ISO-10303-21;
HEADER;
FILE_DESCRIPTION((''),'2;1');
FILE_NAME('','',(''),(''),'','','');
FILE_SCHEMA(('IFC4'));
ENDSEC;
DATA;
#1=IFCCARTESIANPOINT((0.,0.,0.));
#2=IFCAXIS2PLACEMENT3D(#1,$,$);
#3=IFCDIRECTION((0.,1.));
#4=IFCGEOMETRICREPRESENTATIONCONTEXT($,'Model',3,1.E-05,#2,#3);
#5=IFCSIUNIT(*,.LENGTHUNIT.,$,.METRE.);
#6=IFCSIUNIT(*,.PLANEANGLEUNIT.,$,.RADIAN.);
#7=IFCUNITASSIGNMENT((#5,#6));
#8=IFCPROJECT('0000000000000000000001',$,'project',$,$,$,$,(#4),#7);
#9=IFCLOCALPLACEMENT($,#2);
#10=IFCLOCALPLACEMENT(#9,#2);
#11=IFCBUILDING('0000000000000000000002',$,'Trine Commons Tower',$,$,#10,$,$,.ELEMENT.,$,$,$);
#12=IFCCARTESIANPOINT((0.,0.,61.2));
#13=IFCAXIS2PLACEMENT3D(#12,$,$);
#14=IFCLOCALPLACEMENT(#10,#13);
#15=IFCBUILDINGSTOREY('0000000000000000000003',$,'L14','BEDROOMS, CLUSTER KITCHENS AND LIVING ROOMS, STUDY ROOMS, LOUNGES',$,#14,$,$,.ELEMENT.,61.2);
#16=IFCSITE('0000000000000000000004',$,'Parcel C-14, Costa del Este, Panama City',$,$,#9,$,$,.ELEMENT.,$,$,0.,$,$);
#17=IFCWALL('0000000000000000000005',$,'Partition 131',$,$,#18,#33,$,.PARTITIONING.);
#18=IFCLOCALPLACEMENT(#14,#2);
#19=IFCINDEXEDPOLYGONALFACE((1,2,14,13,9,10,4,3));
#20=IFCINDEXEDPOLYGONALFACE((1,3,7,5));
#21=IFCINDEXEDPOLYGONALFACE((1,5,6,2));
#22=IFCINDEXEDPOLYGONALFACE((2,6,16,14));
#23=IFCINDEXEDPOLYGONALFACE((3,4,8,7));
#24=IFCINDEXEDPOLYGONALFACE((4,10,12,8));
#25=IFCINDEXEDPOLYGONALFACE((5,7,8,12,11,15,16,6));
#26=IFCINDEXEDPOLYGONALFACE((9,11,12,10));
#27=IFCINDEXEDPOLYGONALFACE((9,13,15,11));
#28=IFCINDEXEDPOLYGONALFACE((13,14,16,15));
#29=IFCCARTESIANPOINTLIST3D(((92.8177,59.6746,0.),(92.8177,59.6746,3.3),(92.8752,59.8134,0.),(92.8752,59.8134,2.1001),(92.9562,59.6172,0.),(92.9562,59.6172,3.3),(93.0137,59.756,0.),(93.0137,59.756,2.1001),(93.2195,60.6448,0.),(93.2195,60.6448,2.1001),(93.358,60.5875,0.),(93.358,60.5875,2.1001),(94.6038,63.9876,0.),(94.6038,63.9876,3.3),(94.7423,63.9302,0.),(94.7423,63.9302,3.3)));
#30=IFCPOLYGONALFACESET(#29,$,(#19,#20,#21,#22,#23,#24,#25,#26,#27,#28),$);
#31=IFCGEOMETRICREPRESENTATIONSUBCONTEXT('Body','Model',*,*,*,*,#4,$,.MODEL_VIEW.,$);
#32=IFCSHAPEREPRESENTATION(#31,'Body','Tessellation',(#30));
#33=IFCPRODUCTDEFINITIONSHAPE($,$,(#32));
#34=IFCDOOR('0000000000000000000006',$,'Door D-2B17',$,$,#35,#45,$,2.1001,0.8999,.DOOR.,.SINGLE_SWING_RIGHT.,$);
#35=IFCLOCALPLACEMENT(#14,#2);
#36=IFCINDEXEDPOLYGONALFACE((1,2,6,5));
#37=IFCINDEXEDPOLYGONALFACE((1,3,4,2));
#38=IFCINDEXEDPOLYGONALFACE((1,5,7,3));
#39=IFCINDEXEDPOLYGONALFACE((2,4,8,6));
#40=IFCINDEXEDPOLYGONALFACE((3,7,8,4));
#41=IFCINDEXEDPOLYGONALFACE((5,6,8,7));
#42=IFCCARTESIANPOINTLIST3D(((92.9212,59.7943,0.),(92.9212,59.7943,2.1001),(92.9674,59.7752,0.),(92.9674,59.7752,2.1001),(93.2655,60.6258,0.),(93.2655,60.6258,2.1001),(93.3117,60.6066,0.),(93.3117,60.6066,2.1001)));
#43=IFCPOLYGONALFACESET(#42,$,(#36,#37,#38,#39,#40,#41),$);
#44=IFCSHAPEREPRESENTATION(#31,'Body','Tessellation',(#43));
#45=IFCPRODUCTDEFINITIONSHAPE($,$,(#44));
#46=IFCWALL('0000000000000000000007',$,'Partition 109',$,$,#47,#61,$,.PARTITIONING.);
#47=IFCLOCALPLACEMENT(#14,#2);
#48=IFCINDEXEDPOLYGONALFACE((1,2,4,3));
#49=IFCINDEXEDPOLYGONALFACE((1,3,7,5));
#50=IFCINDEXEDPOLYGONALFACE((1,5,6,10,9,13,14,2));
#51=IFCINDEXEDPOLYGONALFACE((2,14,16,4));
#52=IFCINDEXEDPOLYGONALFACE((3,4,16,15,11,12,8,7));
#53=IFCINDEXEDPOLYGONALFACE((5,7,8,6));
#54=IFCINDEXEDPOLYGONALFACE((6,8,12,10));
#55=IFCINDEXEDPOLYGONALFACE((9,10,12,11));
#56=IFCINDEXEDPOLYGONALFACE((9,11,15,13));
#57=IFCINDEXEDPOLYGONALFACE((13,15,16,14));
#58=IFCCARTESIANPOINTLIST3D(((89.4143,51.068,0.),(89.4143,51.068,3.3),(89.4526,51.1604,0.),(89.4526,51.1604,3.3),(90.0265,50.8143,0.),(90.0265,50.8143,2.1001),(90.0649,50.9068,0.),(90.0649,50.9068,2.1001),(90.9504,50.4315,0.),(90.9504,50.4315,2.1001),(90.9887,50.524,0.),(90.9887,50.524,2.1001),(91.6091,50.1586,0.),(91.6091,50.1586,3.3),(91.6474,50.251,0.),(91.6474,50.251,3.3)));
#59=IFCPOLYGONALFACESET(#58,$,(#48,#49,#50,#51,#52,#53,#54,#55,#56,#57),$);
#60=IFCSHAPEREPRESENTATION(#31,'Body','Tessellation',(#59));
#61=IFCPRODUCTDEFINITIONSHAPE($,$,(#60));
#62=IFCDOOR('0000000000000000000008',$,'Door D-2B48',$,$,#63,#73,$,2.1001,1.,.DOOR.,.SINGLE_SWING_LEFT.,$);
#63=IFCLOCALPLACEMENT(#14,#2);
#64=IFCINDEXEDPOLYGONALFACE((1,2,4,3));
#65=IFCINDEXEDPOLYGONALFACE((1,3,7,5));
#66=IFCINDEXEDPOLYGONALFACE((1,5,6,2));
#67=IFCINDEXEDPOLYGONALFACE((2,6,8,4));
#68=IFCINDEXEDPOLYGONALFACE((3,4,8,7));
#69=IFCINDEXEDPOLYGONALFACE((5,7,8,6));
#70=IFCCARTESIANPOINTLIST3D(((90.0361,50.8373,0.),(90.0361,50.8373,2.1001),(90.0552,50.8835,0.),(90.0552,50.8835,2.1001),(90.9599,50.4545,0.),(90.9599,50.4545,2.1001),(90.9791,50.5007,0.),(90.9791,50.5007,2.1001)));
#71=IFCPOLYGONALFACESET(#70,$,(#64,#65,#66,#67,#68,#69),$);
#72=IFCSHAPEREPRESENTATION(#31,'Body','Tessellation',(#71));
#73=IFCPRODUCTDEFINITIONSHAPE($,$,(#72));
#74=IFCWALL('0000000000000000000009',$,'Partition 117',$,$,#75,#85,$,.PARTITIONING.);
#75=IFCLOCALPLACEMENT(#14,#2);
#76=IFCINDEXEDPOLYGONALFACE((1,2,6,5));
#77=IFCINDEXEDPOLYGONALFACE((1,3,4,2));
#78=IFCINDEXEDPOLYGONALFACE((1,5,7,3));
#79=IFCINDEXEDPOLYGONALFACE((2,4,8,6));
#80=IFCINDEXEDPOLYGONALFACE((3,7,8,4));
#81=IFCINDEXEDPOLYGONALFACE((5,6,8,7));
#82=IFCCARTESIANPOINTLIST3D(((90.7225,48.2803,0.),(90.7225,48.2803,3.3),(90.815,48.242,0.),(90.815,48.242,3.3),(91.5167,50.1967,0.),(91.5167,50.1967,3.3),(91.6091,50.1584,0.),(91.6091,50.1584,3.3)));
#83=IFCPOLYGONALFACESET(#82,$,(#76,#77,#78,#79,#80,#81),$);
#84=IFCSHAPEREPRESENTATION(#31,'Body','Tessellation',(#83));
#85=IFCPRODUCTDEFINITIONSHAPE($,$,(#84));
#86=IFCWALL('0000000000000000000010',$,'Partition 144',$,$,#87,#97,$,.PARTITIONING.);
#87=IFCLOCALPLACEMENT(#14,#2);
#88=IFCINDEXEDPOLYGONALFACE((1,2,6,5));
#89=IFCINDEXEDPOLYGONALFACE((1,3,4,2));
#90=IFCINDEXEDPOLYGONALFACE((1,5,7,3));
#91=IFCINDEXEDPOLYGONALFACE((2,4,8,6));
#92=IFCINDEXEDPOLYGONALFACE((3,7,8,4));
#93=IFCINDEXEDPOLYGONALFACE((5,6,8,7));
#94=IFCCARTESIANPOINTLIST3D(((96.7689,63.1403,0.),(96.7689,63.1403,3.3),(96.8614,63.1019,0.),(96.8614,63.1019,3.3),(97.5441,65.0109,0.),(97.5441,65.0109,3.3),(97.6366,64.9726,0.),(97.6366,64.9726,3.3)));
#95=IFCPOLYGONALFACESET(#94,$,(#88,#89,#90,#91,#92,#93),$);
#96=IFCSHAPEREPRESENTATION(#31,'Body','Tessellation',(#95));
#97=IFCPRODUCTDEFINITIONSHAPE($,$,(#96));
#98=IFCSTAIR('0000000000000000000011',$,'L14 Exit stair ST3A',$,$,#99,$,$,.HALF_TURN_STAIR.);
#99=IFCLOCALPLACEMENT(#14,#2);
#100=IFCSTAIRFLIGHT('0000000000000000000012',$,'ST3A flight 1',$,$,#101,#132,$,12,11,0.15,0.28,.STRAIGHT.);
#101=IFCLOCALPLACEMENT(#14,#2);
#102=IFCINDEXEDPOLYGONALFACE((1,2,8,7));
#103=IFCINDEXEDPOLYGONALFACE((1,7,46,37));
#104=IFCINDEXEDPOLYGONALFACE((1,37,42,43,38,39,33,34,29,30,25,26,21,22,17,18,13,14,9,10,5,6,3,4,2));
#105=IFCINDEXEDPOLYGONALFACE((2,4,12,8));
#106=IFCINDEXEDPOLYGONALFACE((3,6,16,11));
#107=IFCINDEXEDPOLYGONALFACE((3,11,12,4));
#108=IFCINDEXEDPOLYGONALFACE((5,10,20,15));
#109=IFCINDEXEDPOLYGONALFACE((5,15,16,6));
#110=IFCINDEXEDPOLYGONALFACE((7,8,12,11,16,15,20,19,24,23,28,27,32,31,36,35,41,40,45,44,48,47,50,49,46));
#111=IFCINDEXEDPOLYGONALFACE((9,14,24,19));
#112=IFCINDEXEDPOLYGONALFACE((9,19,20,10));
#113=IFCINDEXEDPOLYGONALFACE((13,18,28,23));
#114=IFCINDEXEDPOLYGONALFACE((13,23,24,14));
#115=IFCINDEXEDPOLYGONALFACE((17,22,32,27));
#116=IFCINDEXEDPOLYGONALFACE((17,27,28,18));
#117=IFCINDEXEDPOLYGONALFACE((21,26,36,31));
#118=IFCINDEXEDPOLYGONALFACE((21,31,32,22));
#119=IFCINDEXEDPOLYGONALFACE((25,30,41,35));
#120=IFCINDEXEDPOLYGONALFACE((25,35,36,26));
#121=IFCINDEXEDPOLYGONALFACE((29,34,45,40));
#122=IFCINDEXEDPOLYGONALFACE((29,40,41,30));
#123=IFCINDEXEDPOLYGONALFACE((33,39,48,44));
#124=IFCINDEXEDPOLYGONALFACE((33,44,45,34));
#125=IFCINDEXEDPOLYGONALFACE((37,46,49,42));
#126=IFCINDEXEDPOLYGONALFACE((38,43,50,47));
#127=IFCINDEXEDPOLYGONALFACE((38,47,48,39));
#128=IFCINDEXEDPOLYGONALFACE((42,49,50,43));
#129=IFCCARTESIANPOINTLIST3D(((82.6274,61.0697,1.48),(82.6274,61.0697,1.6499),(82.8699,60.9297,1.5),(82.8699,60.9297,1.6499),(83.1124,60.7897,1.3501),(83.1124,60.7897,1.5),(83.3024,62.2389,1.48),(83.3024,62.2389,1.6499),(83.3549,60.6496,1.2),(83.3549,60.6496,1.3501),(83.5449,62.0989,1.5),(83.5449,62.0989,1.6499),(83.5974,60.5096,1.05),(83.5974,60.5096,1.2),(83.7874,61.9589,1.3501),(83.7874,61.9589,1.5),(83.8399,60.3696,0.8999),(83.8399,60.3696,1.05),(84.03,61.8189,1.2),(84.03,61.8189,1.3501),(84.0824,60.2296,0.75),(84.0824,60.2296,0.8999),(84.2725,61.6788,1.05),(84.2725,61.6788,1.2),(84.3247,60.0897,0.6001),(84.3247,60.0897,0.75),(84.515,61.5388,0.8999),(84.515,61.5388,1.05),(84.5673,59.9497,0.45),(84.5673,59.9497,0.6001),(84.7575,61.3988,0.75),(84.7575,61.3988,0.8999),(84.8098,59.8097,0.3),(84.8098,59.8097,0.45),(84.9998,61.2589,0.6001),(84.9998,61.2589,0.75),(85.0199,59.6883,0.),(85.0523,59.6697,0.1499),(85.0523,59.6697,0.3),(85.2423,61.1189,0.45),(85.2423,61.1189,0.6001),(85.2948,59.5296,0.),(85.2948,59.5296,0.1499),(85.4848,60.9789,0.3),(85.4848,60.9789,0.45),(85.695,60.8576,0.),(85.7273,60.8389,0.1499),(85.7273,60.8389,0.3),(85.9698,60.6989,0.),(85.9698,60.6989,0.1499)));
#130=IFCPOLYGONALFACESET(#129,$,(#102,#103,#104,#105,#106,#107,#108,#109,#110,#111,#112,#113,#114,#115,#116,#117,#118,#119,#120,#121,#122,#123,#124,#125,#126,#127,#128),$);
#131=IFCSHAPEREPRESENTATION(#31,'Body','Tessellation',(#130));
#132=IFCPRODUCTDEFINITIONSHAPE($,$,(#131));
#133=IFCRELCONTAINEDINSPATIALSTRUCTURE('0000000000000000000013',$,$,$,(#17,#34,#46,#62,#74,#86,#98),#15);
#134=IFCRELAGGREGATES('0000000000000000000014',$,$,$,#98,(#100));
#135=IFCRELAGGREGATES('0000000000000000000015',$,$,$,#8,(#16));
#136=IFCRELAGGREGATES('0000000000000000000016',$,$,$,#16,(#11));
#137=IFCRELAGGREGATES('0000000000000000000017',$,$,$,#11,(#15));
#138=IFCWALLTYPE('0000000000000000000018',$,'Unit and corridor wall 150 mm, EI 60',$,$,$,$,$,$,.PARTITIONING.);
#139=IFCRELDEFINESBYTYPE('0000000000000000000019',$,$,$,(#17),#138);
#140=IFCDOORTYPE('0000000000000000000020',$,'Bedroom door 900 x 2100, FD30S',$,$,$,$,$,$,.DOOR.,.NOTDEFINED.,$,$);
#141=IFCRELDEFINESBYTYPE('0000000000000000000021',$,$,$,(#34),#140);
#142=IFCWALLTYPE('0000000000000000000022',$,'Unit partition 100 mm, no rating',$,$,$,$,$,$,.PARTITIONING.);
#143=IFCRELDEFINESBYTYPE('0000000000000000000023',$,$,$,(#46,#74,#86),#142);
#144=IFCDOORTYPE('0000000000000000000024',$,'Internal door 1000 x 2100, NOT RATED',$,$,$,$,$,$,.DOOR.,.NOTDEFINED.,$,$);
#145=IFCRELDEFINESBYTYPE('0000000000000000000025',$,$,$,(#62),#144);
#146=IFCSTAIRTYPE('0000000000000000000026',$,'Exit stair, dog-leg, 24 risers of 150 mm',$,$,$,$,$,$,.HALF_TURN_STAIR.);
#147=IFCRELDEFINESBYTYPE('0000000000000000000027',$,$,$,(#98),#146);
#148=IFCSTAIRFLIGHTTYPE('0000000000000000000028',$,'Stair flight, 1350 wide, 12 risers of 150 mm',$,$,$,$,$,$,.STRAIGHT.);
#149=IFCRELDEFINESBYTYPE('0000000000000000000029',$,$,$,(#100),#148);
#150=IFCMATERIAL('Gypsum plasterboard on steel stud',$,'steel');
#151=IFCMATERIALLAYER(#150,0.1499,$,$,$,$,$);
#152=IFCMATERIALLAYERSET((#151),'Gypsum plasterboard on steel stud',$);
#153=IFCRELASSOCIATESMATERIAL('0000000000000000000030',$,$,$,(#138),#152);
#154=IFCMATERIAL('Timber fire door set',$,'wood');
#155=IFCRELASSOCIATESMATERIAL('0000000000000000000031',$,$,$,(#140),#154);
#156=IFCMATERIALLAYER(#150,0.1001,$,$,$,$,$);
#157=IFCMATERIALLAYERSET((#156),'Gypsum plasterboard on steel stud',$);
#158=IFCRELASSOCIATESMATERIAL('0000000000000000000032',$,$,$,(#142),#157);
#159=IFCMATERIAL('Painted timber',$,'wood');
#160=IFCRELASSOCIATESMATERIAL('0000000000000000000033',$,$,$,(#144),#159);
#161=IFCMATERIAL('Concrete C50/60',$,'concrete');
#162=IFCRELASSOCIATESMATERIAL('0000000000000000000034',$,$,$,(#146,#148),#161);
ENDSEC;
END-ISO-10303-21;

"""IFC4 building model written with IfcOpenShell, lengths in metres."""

from ifc_helpers import new_model, si_unit, direction, frame, frame_2d, origin, place, context, subcontext, project, spatial, polyline, rectangle, outline, extrude, material, layer, layer_set, type_object, element, fill, aggregate, save


model = new_model("IFC4")

# Units and contexts
model_context = context("Model", 3, precision=1e-05, world=origin(), true_north=direction((0.0, 1.0)))
body_context = subcontext(model_context, "Body", "Model", "MODEL_VIEW")
ifc_project = project(units=[si_unit("LENGTHUNIT", "METRE"), si_unit("PLANEANGLEUNIT", "RADIAN")], contexts=[model_context])

# Site, building, storey
site_placement = place(None, origin())
site = spatial("IfcSite", under=ifc_project, at=site_placement, Name="Parcel C-14, Costa del Este, Panama City", CompositionType="ELEMENT", RefElevation=0.0)
building_placement = place(site_placement, origin())
building = spatial("IfcBuilding", under=site, at=building_placement, Name="Trine Commons Tower", CompositionType="ELEMENT")
storey_placement = place(building_placement, frame((0.0, 0.0, 61.2)))
storey = spatial("IfcBuildingStorey", under=building, at=storey_placement, Name="L14", Description="BEDROOMS, CLUSTER KITCHENS AND LIVING ROOMS, STUDY ROOMS, LOUNGES", CompositionType="ELEMENT", Elevation=61.2)

# Shared definitions
ifc_material_1 = material(Name="Concrete C50/60", Category="concrete")

# Shared definitions
ifc_material_2 = material(Name="Gypsum plasterboard on steel stud", Category="steel")
ifc_layer_1 = layer(ifc_material_2, 0.1499)
ifc_layer_set_1 = layer_set([ifc_layer_1], Name="Gypsum plasterboard on steel stud")
wall_type_1 = type_object("IfcWallType", Name="Unit and corridor wall 150 mm, EI 60", PredefinedType="PARTITIONING", material=ifc_layer_set_1)

# Shared definitions
ifc_material_3 = material(Name="Painted timber", Category="wood")
ifc_material_4 = material(Name="Timber fire door set", Category="wood")

# Walls, openings, doors
wall_1_placement = place(storey_placement, frame((92.887, 59.646, 0.0), z_axis=(0.0, 0.0, 1.0), x_axis=(0.382617, 0.923907, 0.0)))
wall_1 = element("IfcWall", 1, at=wall_1_placement, inside=storey, type_object=wall_type_1, Name="Partition 131", PredefinedType="PARTITIONING", context=body_context, shape_type="SweptSolid", body=[
    extrude(rectangle(XDim=4.6682, YDim=0.1499, at=frame_2d((2.334, 0.0))), origin(), (0.0, 0.0, 1.0), 3.3),
])
opening_1_placement = place(wall_1_placement, frame((0.1501, 0.0, 0.0)))
opening_1 = element("IfcOpeningElement", 2, at=opening_1_placement, cuts=wall_1, PredefinedType="OPENING", context=body_context, shape_type="SweptSolid", body=[
    extrude(rectangle(XDim=0.8999, YDim=2.1001, at=frame_2d((0.45, 1.05))), frame((0.0, 0.085, 0.0), z_axis=(0.0, -1.0, 0.0), x_axis=(1.0, 0.0, 0.0)), (0.0, 0.0, 1.0), 0.1699),
])
door_type_1 = type_object("IfcDoorType", Name="Bedroom door 900 x 2100, FD30S", OperationType="NOTDEFINED", PredefinedType="DOOR", material=ifc_material_4)
door_1_placement = place(opening_1_placement, frame((0.8999, 0.0, 0.0), z_axis=(0.0, 0.0, 1.0), x_axis=(-1.0, 0.0, 0.0)))
door_1 = element("IfcDoor", 3, at=door_1_placement, inside=storey, type_object=door_type_1, Name="Door D-2B17", OperationType="SINGLE_SWING_RIGHT", OverallHeight=2.1001, OverallWidth=0.8999, PredefinedType="DOOR", context=body_context, shape_type="SweptSolid", body=[
    extrude(rectangle(XDim=0.8999, YDim=2.1001, at=frame_2d((0.45, 1.05))), frame((0.0, 0.0249, 0.0), z_axis=(0.0, -1.0, 0.0), x_axis=(1.0, 0.0, 0.0)), (0.0, 0.0, 1.0), 0.05),
])
fill(opening_1, door_1)
ifc_layer_2 = layer(ifc_material_2, 0.1001)
ifc_layer_set_2 = layer_set([ifc_layer_2], Name="Gypsum plasterboard on steel stud")
wall_type_2 = type_object("IfcWallType", Name="Unit partition 100 mm, no rating", PredefinedType="PARTITIONING", material=ifc_layer_set_2)
wall_2_placement = place(storey_placement, frame((89.4333, 51.1143, 0.0), z_axis=(0.0, 0.0, 1.0), x_axis=(0.923835, -0.38279, 0.0)))
wall_2 = element("IfcWall", 4, at=wall_2_placement, inside=storey, type_object=wall_type_2, Name="Partition 109", PredefinedType="PARTITIONING", context=body_context, shape_type="SweptSolid", body=[
    extrude(rectangle(XDim=2.3757, YDim=0.1001, at=frame_2d((1.188, 0.0))), origin(), (0.0, 0.0, 1.0), 3.3),
])
opening_2_placement = place(wall_2_placement, frame((0.6628, 0.0, 0.0)))
opening_2 = element("IfcOpeningElement", 5, at=opening_2_placement, cuts=wall_2, PredefinedType="OPENING", context=body_context, shape_type="SweptSolid", body=[
    extrude(rectangle(XDim=1.0, YDim=2.1001, at=frame_2d((0.5, 1.05))), frame((0.0, 0.0601, 0.0), z_axis=(0.0, -1.0, 0.0), x_axis=(1.0, 0.0, 0.0)), (0.0, 0.0, 1.0), 0.1201),
])
door_type_2 = type_object("IfcDoorType", Name="Internal door 1000 x 2100, NOT RATED", OperationType="NOTDEFINED", PredefinedType="DOOR", material=ifc_material_3)
door_2_placement = place(opening_2_placement, origin())
door_2 = element("IfcDoor", 6, at=door_2_placement, inside=storey, type_object=door_type_2, Name="Door D-2B48", OperationType="SINGLE_SWING_LEFT", OverallHeight=2.1001, OverallWidth=1.0, PredefinedType="DOOR", context=body_context, shape_type="SweptSolid", body=[
    extrude(rectangle(XDim=1.0, YDim=2.1001, at=frame_2d((0.5, 1.05))), frame((0.0, 0.0249, 0.0), z_axis=(0.0, -1.0, 0.0), x_axis=(1.0, 0.0, 0.0)), (0.0, 0.0, 1.0), 0.05),
])
fill(opening_2, door_2)

# Walls
wall_3_placement = place(storey_placement, frame((90.7688, 48.2612, 0.0), z_axis=(0.0, 0.0, 1.0), x_axis=(0.382826, 0.92382, 0.0)))
element("IfcWall", 7, at=wall_3_placement, inside=storey, type_object=wall_type_2, Name="Partition 117", PredefinedType="PARTITIONING", context=body_context, shape_type="SweptSolid", body=[
    extrude(rectangle(XDim=2.0745, YDim=0.1001, at=frame_2d((1.0371, 0.0))), origin(), (0.0, 0.0, 1.0), 3.3),
])
wall_4_placement = place(storey_placement, frame((96.8152, 63.1211, 0.0), z_axis=(0.0, 0.0, 1.0), x_axis=(0.382817, 0.923824, 0.0)))
element("IfcWall", 8, at=wall_4_placement, inside=storey, type_object=wall_type_2, Name="Partition 144", PredefinedType="PARTITIONING", context=body_context, shape_type="SweptSolid", body=[
    extrude(rectangle(XDim=2.0249, YDim=0.1001, at=frame_2d((1.0125, 0.0))), origin(), (0.0, 0.0, 1.0), 3.3),
])

# Stair, stair flight
stair_type = type_object("IfcStairType", Name="Exit stair, dog-leg, 24 risers of 150 mm", PredefinedType="HALF_TURN_STAIR", material=ifc_material_1)
stair_placement = place(storey_placement, origin())
stair = element("IfcStair", 9, at=stair_placement, inside=storey, type_object=stair_type, Name="L14 Exit stair ST3A", PredefinedType="HALF_TURN_STAIR")
stair_flight_type = type_object("IfcStairFlightType", Name="Stair flight, 1350 wide, 12 risers of 150 mm", PredefinedType="STRAIGHT", material=ifc_material_1)
stair_flight_placement = place(storey_placement, frame((85.6323, 60.1143, 0.0), z_axis=(0.0, 0.0, 1.0), x_axis=(-0.866025, 0.5, 0.0)))
stair_flight = element("IfcStairFlight", 10, at=stair_flight_placement, type_object=stair_flight_type, Name="ST3A flight 1", NumberOfRisers=12, NumberOfTreads=11, PredefinedType="STRAIGHT", RiserHeight=0.15, TreadLength=0.28, context=body_context, shape_type="SweptSolid", body=[
    extrude(outline(polyline([(0.0, 0.0), (0.0, 0.1499), (0.28, 0.1499), (0.28, 0.3), (0.5601, 0.3), (0.5601, 0.45), (0.8401, 0.45), (0.8401, 0.6001), (1.1201, 0.6001), (1.1201, 0.75), (1.3999, 0.75), (1.3999, 0.8999), (1.6799, 0.8999), (1.6799, 1.05), (1.96, 1.05), (1.96, 1.2), (2.24, 1.2), (2.24, 1.3501), (2.52, 1.3501), (2.52, 1.5), (2.8, 1.5), (2.8, 1.6499), (3.0801, 1.6499), (3.0801, 1.8), (3.0801, 1.48), (0.3174, 0.0), (0.0, 0.0)])), frame((0.0, 0.675, 0.0), z_axis=(0.0, -1.0, 0.0), x_axis=(1.0, 0.0, 0.0)), (0.0, 0.0, 1.0), 1.3501),
])
aggregate(stair, [stair_flight])

save(model, "model.ifc")
